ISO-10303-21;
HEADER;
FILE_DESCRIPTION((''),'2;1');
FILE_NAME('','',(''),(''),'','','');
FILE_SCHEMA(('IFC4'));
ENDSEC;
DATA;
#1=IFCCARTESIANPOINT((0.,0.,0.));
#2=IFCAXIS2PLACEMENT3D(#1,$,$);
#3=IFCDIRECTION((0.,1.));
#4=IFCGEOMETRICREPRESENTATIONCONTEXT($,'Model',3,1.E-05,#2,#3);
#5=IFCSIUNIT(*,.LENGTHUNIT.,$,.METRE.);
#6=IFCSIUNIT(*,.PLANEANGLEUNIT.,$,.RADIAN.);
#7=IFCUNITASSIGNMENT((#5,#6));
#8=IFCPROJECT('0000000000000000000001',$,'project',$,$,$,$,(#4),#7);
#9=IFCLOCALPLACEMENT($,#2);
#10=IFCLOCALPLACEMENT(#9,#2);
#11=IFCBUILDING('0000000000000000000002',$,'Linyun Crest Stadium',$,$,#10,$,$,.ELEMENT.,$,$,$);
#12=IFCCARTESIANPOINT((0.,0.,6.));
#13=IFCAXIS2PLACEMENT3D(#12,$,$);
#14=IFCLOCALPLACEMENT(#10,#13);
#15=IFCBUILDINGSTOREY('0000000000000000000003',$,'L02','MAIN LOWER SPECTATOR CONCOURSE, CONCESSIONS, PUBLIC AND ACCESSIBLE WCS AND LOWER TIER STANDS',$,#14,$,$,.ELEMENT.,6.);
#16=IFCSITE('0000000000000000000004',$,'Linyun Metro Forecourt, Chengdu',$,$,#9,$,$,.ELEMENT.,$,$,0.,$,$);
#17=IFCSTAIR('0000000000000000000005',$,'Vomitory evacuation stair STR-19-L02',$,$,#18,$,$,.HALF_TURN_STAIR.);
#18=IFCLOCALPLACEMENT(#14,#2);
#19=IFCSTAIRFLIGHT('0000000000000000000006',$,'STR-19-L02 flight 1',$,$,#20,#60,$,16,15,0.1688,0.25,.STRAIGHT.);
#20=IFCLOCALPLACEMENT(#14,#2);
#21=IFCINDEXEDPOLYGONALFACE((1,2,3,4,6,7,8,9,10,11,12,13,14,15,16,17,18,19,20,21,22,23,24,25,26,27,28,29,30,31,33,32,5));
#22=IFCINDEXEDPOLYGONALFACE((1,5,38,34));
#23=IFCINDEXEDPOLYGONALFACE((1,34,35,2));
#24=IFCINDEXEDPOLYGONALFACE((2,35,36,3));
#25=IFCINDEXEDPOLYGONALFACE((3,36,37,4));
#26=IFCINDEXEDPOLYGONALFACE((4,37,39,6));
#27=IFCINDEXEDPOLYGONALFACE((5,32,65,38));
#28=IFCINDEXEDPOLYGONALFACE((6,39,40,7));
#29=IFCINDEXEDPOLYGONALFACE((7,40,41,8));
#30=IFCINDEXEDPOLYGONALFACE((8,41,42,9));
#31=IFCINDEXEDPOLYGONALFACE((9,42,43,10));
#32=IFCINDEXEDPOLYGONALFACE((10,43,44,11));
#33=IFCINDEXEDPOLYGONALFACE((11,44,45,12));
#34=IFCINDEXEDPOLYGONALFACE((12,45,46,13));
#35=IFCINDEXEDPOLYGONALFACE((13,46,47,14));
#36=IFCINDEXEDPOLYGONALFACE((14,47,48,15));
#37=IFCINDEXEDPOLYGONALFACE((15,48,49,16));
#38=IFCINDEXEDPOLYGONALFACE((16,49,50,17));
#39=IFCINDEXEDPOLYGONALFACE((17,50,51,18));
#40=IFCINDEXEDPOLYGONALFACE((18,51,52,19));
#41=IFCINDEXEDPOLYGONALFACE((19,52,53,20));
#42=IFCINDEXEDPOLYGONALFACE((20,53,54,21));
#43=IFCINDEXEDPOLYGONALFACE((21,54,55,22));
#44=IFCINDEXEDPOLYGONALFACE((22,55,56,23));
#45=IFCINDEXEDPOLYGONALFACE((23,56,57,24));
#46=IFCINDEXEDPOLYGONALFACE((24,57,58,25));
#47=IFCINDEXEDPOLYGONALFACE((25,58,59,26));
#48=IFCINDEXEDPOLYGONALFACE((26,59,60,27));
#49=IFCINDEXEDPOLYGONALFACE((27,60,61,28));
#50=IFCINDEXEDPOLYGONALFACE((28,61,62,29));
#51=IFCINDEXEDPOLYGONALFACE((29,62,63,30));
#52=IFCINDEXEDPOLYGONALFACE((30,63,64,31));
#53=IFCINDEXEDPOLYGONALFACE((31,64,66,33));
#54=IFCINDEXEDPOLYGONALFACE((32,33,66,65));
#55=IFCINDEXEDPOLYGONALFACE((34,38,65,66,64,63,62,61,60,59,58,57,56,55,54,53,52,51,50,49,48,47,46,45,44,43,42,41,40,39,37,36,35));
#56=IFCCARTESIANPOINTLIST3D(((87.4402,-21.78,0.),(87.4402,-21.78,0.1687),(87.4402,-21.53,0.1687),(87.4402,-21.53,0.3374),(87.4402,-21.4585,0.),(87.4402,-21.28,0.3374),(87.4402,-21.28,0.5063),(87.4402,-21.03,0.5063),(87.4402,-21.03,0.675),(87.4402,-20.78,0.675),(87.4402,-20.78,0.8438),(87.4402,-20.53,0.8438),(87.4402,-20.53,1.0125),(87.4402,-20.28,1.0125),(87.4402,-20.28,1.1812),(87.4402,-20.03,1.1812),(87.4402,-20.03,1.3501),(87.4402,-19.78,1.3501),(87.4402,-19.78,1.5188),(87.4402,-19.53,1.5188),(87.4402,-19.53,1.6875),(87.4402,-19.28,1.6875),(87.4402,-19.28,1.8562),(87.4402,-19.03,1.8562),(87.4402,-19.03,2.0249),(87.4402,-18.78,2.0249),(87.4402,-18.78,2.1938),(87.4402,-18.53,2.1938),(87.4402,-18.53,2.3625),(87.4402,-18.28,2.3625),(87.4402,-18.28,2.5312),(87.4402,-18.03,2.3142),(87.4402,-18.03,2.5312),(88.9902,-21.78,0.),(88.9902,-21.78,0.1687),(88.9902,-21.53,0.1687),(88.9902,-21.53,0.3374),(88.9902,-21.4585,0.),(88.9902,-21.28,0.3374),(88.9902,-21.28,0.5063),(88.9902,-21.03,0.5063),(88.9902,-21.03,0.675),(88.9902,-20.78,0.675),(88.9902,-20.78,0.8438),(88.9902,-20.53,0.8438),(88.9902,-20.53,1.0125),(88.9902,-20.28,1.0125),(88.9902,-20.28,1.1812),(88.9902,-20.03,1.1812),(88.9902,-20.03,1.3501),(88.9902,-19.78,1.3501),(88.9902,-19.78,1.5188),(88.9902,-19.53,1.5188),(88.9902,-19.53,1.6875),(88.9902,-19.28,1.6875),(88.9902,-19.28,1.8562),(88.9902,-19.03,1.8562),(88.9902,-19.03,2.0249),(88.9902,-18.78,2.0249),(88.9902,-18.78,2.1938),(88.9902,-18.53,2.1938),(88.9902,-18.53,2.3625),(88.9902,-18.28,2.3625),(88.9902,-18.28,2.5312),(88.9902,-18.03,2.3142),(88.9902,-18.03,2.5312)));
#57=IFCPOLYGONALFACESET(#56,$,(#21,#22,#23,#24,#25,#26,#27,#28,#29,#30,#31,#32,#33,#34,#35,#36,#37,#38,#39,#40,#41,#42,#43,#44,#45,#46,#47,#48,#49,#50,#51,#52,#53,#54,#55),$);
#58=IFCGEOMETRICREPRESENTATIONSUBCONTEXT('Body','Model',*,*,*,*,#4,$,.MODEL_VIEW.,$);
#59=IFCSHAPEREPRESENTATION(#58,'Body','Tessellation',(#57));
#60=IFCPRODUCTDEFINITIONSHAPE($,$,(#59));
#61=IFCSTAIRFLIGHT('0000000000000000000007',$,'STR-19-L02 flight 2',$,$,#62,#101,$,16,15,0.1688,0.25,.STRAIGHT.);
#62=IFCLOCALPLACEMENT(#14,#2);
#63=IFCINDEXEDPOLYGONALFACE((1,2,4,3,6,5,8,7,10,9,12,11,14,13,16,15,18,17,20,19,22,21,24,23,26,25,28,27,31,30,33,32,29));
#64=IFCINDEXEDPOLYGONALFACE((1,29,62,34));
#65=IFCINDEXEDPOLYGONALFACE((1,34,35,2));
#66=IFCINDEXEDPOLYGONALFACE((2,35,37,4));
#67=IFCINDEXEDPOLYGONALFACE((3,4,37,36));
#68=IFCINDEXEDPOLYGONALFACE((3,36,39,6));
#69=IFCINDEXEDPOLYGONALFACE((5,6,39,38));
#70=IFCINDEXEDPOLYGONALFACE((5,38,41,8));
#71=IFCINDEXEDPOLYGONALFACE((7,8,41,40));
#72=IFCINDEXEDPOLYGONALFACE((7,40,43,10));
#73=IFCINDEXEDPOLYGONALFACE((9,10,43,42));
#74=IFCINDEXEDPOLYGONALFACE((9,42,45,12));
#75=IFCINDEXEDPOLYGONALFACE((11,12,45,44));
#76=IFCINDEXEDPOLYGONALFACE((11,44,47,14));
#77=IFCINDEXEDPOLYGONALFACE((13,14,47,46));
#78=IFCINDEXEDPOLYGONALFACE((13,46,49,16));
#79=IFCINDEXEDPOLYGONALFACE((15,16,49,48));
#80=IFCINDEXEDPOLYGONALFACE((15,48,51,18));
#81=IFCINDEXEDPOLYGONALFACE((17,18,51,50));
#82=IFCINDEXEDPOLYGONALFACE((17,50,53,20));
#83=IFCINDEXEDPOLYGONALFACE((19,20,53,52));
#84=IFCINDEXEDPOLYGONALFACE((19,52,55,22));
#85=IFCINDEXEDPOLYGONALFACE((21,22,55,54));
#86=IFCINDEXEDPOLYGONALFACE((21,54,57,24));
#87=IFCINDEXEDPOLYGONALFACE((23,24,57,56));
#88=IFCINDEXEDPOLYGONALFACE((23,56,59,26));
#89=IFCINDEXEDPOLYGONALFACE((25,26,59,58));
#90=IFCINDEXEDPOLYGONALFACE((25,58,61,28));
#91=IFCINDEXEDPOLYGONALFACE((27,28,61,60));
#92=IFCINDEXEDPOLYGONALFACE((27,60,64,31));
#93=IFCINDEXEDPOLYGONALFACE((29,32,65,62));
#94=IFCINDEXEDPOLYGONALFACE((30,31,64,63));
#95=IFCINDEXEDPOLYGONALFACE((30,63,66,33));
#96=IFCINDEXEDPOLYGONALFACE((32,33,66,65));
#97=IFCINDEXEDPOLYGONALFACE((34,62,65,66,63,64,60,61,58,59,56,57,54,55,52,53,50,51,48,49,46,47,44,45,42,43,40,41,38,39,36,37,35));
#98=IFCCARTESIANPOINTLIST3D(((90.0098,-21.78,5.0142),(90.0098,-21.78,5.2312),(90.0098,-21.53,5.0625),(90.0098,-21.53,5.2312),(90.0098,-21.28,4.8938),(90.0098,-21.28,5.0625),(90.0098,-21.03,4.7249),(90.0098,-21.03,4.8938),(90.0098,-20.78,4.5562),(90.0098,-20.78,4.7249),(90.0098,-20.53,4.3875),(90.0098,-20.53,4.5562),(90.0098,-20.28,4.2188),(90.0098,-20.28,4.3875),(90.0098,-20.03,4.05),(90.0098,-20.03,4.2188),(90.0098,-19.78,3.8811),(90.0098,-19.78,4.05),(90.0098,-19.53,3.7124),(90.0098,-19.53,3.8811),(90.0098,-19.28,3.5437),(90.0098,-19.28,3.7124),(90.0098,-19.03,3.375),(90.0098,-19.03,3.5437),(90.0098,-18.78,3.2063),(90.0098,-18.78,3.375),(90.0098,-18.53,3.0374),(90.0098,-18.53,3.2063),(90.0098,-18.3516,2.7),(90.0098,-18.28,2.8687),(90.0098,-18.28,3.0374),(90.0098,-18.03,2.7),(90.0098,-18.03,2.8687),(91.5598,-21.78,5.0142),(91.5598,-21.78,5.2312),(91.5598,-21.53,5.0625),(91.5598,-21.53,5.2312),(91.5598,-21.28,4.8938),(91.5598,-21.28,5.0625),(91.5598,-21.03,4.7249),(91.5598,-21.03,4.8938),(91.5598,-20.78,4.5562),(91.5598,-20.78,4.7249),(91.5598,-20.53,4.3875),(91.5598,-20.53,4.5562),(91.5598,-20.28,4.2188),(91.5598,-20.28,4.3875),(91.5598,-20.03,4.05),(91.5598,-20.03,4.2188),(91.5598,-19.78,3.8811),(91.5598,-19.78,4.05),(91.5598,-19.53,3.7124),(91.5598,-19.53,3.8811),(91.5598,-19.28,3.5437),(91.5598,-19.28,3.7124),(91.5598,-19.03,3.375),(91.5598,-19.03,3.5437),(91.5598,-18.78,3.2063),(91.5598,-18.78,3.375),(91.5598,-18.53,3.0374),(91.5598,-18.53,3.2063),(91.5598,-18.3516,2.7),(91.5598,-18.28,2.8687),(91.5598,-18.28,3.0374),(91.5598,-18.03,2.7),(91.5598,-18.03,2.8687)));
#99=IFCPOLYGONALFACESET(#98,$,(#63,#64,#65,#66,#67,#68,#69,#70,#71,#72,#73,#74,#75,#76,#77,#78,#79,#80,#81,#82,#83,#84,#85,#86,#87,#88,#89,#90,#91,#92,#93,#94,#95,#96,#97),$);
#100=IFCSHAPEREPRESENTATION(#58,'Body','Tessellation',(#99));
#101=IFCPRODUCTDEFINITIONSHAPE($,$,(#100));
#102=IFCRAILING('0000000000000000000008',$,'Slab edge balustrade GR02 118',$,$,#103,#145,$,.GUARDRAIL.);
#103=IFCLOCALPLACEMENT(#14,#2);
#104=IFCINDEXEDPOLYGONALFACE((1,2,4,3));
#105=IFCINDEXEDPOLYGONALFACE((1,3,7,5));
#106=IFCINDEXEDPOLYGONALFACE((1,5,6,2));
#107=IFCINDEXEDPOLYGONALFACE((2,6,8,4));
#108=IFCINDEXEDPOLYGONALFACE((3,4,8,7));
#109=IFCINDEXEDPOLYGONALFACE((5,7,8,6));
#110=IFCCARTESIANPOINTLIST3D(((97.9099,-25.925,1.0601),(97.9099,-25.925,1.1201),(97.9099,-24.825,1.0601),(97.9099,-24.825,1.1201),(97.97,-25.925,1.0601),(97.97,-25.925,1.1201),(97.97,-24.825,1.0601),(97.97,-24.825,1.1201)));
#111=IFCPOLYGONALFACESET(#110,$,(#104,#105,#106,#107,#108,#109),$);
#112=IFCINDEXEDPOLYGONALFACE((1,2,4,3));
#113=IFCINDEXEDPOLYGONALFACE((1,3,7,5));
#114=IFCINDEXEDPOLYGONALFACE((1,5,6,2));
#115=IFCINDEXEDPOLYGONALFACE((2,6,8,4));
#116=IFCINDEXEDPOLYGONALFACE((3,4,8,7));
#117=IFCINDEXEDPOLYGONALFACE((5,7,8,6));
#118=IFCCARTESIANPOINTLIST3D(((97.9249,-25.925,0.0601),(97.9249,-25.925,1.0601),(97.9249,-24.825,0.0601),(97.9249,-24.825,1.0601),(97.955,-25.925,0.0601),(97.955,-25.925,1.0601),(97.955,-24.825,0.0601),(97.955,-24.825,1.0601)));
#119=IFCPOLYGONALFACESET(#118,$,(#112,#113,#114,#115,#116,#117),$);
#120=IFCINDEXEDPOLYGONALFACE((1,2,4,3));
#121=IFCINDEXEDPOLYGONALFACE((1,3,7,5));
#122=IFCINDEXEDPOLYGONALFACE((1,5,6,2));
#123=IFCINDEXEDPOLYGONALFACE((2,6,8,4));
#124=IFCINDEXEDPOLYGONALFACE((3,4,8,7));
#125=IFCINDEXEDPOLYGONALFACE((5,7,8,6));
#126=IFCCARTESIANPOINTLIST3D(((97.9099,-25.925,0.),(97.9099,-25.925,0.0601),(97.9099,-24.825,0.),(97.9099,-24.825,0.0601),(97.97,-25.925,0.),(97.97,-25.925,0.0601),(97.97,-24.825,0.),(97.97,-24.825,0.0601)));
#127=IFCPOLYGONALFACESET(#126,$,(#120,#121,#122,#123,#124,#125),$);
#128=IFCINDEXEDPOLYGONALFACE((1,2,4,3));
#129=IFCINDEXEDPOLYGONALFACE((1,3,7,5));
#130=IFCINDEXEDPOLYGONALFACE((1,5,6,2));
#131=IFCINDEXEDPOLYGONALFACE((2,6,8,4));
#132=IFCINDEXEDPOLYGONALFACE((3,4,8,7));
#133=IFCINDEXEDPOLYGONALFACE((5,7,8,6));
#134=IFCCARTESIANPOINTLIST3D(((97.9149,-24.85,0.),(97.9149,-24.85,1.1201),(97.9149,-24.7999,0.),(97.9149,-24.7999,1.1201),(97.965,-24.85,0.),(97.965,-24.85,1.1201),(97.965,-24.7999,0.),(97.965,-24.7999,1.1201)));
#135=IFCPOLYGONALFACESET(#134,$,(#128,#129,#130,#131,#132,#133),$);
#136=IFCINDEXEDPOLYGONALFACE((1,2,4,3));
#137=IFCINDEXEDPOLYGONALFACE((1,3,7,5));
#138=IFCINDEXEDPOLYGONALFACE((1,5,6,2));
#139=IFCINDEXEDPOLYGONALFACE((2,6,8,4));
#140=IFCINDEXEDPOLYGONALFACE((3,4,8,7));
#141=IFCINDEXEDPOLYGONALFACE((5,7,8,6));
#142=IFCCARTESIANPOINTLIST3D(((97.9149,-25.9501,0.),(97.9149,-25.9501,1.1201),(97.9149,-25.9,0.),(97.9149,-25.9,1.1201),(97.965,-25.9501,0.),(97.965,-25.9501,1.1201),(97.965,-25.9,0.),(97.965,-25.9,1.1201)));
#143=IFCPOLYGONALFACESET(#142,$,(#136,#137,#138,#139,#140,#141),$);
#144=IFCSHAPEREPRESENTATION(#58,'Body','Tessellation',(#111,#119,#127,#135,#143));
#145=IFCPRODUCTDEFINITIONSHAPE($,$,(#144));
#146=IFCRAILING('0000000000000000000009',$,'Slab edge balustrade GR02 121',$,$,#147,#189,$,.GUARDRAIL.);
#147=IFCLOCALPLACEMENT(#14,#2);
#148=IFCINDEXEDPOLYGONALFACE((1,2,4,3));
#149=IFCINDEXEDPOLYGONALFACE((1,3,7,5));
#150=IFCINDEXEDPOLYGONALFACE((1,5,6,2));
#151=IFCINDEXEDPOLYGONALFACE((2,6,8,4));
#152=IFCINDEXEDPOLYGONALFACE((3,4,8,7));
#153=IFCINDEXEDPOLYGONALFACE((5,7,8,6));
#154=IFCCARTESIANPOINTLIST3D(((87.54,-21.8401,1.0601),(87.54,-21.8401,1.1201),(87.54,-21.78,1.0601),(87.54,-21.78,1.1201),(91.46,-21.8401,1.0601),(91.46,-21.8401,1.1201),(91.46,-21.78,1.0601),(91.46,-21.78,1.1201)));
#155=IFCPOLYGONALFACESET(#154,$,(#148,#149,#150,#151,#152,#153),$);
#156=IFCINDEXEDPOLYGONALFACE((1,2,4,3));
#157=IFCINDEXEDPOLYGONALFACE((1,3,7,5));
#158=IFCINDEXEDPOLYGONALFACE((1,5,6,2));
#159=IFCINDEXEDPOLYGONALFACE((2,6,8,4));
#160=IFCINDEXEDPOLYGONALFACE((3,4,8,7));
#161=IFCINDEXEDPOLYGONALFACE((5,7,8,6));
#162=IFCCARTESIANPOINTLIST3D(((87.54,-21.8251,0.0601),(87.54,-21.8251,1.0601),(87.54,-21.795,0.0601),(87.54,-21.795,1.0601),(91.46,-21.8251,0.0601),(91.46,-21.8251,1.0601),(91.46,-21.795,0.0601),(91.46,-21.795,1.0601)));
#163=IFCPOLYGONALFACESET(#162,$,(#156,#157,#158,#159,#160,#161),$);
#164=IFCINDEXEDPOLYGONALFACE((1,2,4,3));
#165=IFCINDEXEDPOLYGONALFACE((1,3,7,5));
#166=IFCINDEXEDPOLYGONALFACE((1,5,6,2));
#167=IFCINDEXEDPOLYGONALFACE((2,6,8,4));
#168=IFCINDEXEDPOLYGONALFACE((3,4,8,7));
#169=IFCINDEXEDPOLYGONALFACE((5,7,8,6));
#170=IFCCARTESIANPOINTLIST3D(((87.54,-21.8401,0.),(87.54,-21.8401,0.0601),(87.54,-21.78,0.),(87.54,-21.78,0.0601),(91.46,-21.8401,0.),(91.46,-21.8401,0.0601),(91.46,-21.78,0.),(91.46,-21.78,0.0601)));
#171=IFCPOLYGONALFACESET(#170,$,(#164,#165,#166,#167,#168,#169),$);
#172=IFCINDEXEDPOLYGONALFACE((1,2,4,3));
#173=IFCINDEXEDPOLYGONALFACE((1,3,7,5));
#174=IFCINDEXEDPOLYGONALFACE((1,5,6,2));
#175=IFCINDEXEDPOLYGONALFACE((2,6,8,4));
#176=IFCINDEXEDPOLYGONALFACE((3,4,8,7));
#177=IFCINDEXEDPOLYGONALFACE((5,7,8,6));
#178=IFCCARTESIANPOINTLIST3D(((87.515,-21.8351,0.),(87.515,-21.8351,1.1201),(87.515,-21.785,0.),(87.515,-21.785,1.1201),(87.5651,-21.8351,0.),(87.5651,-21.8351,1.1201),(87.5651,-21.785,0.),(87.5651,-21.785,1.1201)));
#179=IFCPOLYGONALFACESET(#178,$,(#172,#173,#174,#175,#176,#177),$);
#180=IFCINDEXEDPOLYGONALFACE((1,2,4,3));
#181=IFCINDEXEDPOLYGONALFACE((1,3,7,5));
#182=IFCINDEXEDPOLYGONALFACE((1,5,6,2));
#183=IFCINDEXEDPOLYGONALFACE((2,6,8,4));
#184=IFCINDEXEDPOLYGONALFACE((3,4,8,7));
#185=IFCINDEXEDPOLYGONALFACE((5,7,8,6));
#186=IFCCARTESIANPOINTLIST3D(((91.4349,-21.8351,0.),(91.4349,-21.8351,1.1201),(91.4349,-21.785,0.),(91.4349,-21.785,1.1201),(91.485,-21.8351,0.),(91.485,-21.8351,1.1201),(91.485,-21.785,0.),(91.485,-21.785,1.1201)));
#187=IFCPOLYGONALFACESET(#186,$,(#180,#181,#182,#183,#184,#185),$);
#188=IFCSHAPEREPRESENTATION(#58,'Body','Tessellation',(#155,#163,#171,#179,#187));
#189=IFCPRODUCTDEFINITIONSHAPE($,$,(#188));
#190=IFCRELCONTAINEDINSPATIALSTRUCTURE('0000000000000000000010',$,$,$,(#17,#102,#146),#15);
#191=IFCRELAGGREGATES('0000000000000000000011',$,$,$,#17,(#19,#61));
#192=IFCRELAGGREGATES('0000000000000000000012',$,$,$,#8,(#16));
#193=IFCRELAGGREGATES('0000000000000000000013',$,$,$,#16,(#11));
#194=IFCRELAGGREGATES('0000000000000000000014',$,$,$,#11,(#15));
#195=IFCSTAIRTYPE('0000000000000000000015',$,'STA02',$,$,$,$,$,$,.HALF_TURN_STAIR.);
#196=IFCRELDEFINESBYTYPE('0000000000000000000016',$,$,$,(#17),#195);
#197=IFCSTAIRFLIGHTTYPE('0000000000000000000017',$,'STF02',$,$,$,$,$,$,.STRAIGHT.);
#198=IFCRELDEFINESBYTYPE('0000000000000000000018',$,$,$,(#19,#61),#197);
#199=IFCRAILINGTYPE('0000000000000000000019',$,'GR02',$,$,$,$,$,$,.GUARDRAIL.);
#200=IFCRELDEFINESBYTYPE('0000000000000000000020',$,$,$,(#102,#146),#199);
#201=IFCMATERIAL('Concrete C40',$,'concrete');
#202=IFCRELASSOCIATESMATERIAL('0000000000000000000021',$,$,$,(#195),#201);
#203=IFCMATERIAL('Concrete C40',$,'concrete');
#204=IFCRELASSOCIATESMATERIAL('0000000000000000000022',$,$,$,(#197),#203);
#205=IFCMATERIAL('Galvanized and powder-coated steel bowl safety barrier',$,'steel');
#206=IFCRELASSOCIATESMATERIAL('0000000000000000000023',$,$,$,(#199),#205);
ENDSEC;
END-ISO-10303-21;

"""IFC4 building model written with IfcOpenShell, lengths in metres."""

from ifc_helpers import new_model, si_unit, direction, frame, origin, origin_2d, place, context, subcontext, project, spatial, polyline, rectangle, outline, extrude, material, type_object, element, aggregate, save


model = new_model("IFC4")

# Units and contexts
model_context = context("Model", 3, precision=1e-05, world=origin(), true_north=direction((0.0, 1.0)))
body_context = subcontext(model_context, "Body", "Model", "MODEL_VIEW")
ifc_project = project(units=[si_unit("LENGTHUNIT", "METRE"), si_unit("PLANEANGLEUNIT", "RADIAN")], contexts=[model_context])

# Site, building, storey
site_placement = place(None, origin())
site = spatial("IfcSite", under=ifc_project, at=site_placement, Name="Linyun Metro Forecourt, Chengdu", CompositionType="ELEMENT", RefElevation=0.0)
building_placement = place(site_placement, origin())
building = spatial("IfcBuilding", under=site, at=building_placement, Name="Linyun Crest Stadium", CompositionType="ELEMENT")
storey_placement = place(building_placement, frame((0.0, 0.0, 6.0)))
storey = spatial("IfcBuildingStorey", under=building, at=storey_placement, Name="L02", Description="MAIN LOWER SPECTATOR CONCOURSE, CONCESSIONS, PUBLIC AND ACCESSIBLE WCS AND LOWER TIER STANDS", CompositionType="ELEMENT", Elevation=6.0)

# Stair, stair flights
ifc_material_1 = material(Name="Concrete C40", Category="concrete")
stair_type = type_object("IfcStairType", Name="STA02", PredefinedType="HALF_TURN_STAIR", material=ifc_material_1)
stair_placement = place(storey_placement, origin())
stair = element("IfcStair", 1, at=stair_placement, inside=storey, type_object=stair_type, Name="Vomitory evacuation stair STR-19-L02", PredefinedType="HALF_TURN_STAIR")
ifc_material_2 = material(Name="Concrete C40", Category="concrete")
stair_flight_type = type_object("IfcStairFlightType", Name="STF02", PredefinedType="STRAIGHT", material=ifc_material_2)
stair_flight_1_placement = place(storey_placement, frame((88.2151, -21.78, 0.0), z_axis=(0.0, 0.0, 1.0), x_axis=(0.0, 1.0, 0.0)))
stair_flight_1 = element("IfcStairFlight", 2, at=stair_flight_1_placement, type_object=stair_flight_type, Name="STR-19-L02 flight 1", NumberOfRisers=16, NumberOfTreads=15, PredefinedType="STRAIGHT", RiserHeight=0.1688, TreadLength=0.25, context=body_context, shape_type="SweptSolid", body=[
    extrude(outline(polyline([(0.0, 0.0), (0.0, 0.1687), (0.25, 0.1687), (0.25, 0.3374), (0.5, 0.3374), (0.5, 0.5063), (0.75, 0.5063), (0.75, 0.675), (1.0, 0.675), (1.0, 0.8438), (1.25, 0.8438), (1.25, 1.0125), (1.5, 1.0125), (1.5, 1.1812), (1.75, 1.1812), (1.75, 1.3501), (2.0, 1.3501), (2.0, 1.5188), (2.25, 1.5188), (2.25, 1.6875), (2.5, 1.6875), (2.5, 1.8562), (2.75, 1.8562), (2.75, 2.0249), (3.0, 2.0249), (3.0, 2.1938), (3.25, 2.1938), (3.25, 2.3625), (3.5, 2.3625), (3.5, 2.5312), (3.75, 2.5312), (3.75, 2.7), (3.75, 2.3142), (0.3215, 0.0), (0.0, 0.0)])), frame((0.0, 0.7749, 0.0), z_axis=(0.0, -1.0, 0.0), x_axis=(1.0, 0.0, 0.0)), (0.0, 0.0, 1.0), 1.55),
])
stair_flight_2_placement = place(storey_placement, frame((90.7849, -18.03, 2.7), z_axis=(0.0, 0.0, 1.0), x_axis=(0.0, -1.0, 0.0)))
stair_flight_2 = element("IfcStairFlight", 3, at=stair_flight_2_placement, type_object=stair_flight_type, Name="STR-19-L02 flight 2", NumberOfRisers=16, NumberOfTreads=15, PredefinedType="STRAIGHT", RiserHeight=0.1688, TreadLength=0.25, context=body_context, shape_type="SweptSolid", body=[
    extrude(outline(polyline([(0.0, 0.0), (0.0, 0.1687), (0.25, 0.1687), (0.25, 0.3374), (0.5, 0.3374), (0.5, 0.5063), (0.75, 0.5063), (0.75, 0.675), (1.0, 0.675), (1.0, 0.8438), (1.25, 0.8438), (1.25, 1.0125), (1.5, 1.0125), (1.5, 1.1812), (1.75, 1.1812), (1.75, 1.3501), (2.0, 1.3501), (2.0, 1.5188), (2.25, 1.5188), (2.25, 1.6875), (2.5, 1.6875), (2.5, 1.8562), (2.75, 1.8562), (2.75, 2.0249), (3.0, 2.0249), (3.0, 2.1938), (3.25, 2.1938), (3.25, 2.3625), (3.5, 2.3625), (3.5, 2.5312), (3.75, 2.5312), (3.75, 2.7), (3.75, 2.3142), (0.3215, 0.0), (0.0, 0.0)])), frame((0.0, 0.7749, 0.0), z_axis=(0.0, -1.0, 0.0), x_axis=(1.0, 0.0, 0.0)), (0.0, 0.0, 1.0), 1.55),
])
aggregate(stair, [stair_flight_1, stair_flight_2])

# Railings
ifc_material_3 = material(Name="Galvanized and powder-coated steel bowl safety barrier", Category="steel")
railing_type_1 = type_object("IfcRailingType", Name="GR02", PredefinedType="GUARDRAIL", material=ifc_material_3)
railing_1_placement = place(storey_placement, frame((97.9399, -24.825, 0.0)))
element("IfcRailing", 4, at=railing_1_placement, inside=storey, type_object=railing_type_1, Name="Slab edge balustrade GR02 118", PredefinedType="GUARDRAIL", context=body_context, shape_type="SweptSolid", body=[
    extrude(rectangle(XDim=0.0601, YDim=0.0601, at=origin_2d()), frame((0.0, 0.0, 1.0901), z_axis=(0.0, -1.0, 0.0), x_axis=(1.0, 0.0, 0.0)), (0.0, 0.0, 1.0), 1.1001),
    extrude(rectangle(XDim=0.03, YDim=1.0, at=origin_2d()), frame((0.0, 0.0, 0.5601), z_axis=(0.0, -1.0, 0.0), x_axis=(1.0, 0.0, 0.0)), (0.0, 0.0, 1.0), 1.1001),
    extrude(rectangle(XDim=0.0601, YDim=0.0601, at=origin_2d()), frame((0.0, 0.0, 0.03), z_axis=(0.0, -1.0, 0.0), x_axis=(1.0, 0.0, 0.0)), (0.0, 0.0, 1.0), 1.1001),
    extrude(rectangle(XDim=0.05, YDim=0.05, at=origin_2d()), origin(), (0.0, 0.0, 1.0), 1.1201),
    extrude(rectangle(XDim=0.05, YDim=0.05, at=origin_2d()), frame((0.0, -1.1001, 0.0)), (0.0, 0.0, 1.0), 1.1201),
])
railing_2_placement = place(storey_placement, frame((87.54, -21.8101, 0.0)))
element("IfcRailing", 5, at=railing_2_placement, inside=storey, type_object=railing_type_1, Name="Slab edge balustrade GR02 121", PredefinedType="GUARDRAIL", context=body_context, shape_type="SweptSolid", body=[
    extrude(rectangle(XDim=0.0601, YDim=0.0601, at=origin_2d()), frame((0.0, 0.0, 1.0901), z_axis=(1.0, 0.0, 0.0), x_axis=(0.0, 1.0, 0.0)), (0.0, 0.0, 1.0), 3.9199),
    extrude(rectangle(XDim=0.03, YDim=1.0, at=origin_2d()), frame((0.0, 0.0, 0.5601), z_axis=(1.0, 0.0, 0.0), x_axis=(0.0, 1.0, 0.0)), (0.0, 0.0, 1.0), 3.9199),
    extrude(rectangle(XDim=0.0601, YDim=0.0601, at=origin_2d()), frame((0.0, 0.0, 0.03), z_axis=(1.0, 0.0, 0.0), x_axis=(0.0, 1.0, 0.0)), (0.0, 0.0, 1.0), 3.9199),
    extrude(rectangle(XDim=0.05, YDim=0.05, at=origin_2d()), origin(), (0.0, 0.0, 1.0), 1.1201),
    extrude(rectangle(XDim=0.05, YDim=0.05, at=origin_2d()), frame((3.9199, 0.0, 0.0)), (0.0, 0.0, 1.0), 1.1201),
])

save(model, "model.ifc")
